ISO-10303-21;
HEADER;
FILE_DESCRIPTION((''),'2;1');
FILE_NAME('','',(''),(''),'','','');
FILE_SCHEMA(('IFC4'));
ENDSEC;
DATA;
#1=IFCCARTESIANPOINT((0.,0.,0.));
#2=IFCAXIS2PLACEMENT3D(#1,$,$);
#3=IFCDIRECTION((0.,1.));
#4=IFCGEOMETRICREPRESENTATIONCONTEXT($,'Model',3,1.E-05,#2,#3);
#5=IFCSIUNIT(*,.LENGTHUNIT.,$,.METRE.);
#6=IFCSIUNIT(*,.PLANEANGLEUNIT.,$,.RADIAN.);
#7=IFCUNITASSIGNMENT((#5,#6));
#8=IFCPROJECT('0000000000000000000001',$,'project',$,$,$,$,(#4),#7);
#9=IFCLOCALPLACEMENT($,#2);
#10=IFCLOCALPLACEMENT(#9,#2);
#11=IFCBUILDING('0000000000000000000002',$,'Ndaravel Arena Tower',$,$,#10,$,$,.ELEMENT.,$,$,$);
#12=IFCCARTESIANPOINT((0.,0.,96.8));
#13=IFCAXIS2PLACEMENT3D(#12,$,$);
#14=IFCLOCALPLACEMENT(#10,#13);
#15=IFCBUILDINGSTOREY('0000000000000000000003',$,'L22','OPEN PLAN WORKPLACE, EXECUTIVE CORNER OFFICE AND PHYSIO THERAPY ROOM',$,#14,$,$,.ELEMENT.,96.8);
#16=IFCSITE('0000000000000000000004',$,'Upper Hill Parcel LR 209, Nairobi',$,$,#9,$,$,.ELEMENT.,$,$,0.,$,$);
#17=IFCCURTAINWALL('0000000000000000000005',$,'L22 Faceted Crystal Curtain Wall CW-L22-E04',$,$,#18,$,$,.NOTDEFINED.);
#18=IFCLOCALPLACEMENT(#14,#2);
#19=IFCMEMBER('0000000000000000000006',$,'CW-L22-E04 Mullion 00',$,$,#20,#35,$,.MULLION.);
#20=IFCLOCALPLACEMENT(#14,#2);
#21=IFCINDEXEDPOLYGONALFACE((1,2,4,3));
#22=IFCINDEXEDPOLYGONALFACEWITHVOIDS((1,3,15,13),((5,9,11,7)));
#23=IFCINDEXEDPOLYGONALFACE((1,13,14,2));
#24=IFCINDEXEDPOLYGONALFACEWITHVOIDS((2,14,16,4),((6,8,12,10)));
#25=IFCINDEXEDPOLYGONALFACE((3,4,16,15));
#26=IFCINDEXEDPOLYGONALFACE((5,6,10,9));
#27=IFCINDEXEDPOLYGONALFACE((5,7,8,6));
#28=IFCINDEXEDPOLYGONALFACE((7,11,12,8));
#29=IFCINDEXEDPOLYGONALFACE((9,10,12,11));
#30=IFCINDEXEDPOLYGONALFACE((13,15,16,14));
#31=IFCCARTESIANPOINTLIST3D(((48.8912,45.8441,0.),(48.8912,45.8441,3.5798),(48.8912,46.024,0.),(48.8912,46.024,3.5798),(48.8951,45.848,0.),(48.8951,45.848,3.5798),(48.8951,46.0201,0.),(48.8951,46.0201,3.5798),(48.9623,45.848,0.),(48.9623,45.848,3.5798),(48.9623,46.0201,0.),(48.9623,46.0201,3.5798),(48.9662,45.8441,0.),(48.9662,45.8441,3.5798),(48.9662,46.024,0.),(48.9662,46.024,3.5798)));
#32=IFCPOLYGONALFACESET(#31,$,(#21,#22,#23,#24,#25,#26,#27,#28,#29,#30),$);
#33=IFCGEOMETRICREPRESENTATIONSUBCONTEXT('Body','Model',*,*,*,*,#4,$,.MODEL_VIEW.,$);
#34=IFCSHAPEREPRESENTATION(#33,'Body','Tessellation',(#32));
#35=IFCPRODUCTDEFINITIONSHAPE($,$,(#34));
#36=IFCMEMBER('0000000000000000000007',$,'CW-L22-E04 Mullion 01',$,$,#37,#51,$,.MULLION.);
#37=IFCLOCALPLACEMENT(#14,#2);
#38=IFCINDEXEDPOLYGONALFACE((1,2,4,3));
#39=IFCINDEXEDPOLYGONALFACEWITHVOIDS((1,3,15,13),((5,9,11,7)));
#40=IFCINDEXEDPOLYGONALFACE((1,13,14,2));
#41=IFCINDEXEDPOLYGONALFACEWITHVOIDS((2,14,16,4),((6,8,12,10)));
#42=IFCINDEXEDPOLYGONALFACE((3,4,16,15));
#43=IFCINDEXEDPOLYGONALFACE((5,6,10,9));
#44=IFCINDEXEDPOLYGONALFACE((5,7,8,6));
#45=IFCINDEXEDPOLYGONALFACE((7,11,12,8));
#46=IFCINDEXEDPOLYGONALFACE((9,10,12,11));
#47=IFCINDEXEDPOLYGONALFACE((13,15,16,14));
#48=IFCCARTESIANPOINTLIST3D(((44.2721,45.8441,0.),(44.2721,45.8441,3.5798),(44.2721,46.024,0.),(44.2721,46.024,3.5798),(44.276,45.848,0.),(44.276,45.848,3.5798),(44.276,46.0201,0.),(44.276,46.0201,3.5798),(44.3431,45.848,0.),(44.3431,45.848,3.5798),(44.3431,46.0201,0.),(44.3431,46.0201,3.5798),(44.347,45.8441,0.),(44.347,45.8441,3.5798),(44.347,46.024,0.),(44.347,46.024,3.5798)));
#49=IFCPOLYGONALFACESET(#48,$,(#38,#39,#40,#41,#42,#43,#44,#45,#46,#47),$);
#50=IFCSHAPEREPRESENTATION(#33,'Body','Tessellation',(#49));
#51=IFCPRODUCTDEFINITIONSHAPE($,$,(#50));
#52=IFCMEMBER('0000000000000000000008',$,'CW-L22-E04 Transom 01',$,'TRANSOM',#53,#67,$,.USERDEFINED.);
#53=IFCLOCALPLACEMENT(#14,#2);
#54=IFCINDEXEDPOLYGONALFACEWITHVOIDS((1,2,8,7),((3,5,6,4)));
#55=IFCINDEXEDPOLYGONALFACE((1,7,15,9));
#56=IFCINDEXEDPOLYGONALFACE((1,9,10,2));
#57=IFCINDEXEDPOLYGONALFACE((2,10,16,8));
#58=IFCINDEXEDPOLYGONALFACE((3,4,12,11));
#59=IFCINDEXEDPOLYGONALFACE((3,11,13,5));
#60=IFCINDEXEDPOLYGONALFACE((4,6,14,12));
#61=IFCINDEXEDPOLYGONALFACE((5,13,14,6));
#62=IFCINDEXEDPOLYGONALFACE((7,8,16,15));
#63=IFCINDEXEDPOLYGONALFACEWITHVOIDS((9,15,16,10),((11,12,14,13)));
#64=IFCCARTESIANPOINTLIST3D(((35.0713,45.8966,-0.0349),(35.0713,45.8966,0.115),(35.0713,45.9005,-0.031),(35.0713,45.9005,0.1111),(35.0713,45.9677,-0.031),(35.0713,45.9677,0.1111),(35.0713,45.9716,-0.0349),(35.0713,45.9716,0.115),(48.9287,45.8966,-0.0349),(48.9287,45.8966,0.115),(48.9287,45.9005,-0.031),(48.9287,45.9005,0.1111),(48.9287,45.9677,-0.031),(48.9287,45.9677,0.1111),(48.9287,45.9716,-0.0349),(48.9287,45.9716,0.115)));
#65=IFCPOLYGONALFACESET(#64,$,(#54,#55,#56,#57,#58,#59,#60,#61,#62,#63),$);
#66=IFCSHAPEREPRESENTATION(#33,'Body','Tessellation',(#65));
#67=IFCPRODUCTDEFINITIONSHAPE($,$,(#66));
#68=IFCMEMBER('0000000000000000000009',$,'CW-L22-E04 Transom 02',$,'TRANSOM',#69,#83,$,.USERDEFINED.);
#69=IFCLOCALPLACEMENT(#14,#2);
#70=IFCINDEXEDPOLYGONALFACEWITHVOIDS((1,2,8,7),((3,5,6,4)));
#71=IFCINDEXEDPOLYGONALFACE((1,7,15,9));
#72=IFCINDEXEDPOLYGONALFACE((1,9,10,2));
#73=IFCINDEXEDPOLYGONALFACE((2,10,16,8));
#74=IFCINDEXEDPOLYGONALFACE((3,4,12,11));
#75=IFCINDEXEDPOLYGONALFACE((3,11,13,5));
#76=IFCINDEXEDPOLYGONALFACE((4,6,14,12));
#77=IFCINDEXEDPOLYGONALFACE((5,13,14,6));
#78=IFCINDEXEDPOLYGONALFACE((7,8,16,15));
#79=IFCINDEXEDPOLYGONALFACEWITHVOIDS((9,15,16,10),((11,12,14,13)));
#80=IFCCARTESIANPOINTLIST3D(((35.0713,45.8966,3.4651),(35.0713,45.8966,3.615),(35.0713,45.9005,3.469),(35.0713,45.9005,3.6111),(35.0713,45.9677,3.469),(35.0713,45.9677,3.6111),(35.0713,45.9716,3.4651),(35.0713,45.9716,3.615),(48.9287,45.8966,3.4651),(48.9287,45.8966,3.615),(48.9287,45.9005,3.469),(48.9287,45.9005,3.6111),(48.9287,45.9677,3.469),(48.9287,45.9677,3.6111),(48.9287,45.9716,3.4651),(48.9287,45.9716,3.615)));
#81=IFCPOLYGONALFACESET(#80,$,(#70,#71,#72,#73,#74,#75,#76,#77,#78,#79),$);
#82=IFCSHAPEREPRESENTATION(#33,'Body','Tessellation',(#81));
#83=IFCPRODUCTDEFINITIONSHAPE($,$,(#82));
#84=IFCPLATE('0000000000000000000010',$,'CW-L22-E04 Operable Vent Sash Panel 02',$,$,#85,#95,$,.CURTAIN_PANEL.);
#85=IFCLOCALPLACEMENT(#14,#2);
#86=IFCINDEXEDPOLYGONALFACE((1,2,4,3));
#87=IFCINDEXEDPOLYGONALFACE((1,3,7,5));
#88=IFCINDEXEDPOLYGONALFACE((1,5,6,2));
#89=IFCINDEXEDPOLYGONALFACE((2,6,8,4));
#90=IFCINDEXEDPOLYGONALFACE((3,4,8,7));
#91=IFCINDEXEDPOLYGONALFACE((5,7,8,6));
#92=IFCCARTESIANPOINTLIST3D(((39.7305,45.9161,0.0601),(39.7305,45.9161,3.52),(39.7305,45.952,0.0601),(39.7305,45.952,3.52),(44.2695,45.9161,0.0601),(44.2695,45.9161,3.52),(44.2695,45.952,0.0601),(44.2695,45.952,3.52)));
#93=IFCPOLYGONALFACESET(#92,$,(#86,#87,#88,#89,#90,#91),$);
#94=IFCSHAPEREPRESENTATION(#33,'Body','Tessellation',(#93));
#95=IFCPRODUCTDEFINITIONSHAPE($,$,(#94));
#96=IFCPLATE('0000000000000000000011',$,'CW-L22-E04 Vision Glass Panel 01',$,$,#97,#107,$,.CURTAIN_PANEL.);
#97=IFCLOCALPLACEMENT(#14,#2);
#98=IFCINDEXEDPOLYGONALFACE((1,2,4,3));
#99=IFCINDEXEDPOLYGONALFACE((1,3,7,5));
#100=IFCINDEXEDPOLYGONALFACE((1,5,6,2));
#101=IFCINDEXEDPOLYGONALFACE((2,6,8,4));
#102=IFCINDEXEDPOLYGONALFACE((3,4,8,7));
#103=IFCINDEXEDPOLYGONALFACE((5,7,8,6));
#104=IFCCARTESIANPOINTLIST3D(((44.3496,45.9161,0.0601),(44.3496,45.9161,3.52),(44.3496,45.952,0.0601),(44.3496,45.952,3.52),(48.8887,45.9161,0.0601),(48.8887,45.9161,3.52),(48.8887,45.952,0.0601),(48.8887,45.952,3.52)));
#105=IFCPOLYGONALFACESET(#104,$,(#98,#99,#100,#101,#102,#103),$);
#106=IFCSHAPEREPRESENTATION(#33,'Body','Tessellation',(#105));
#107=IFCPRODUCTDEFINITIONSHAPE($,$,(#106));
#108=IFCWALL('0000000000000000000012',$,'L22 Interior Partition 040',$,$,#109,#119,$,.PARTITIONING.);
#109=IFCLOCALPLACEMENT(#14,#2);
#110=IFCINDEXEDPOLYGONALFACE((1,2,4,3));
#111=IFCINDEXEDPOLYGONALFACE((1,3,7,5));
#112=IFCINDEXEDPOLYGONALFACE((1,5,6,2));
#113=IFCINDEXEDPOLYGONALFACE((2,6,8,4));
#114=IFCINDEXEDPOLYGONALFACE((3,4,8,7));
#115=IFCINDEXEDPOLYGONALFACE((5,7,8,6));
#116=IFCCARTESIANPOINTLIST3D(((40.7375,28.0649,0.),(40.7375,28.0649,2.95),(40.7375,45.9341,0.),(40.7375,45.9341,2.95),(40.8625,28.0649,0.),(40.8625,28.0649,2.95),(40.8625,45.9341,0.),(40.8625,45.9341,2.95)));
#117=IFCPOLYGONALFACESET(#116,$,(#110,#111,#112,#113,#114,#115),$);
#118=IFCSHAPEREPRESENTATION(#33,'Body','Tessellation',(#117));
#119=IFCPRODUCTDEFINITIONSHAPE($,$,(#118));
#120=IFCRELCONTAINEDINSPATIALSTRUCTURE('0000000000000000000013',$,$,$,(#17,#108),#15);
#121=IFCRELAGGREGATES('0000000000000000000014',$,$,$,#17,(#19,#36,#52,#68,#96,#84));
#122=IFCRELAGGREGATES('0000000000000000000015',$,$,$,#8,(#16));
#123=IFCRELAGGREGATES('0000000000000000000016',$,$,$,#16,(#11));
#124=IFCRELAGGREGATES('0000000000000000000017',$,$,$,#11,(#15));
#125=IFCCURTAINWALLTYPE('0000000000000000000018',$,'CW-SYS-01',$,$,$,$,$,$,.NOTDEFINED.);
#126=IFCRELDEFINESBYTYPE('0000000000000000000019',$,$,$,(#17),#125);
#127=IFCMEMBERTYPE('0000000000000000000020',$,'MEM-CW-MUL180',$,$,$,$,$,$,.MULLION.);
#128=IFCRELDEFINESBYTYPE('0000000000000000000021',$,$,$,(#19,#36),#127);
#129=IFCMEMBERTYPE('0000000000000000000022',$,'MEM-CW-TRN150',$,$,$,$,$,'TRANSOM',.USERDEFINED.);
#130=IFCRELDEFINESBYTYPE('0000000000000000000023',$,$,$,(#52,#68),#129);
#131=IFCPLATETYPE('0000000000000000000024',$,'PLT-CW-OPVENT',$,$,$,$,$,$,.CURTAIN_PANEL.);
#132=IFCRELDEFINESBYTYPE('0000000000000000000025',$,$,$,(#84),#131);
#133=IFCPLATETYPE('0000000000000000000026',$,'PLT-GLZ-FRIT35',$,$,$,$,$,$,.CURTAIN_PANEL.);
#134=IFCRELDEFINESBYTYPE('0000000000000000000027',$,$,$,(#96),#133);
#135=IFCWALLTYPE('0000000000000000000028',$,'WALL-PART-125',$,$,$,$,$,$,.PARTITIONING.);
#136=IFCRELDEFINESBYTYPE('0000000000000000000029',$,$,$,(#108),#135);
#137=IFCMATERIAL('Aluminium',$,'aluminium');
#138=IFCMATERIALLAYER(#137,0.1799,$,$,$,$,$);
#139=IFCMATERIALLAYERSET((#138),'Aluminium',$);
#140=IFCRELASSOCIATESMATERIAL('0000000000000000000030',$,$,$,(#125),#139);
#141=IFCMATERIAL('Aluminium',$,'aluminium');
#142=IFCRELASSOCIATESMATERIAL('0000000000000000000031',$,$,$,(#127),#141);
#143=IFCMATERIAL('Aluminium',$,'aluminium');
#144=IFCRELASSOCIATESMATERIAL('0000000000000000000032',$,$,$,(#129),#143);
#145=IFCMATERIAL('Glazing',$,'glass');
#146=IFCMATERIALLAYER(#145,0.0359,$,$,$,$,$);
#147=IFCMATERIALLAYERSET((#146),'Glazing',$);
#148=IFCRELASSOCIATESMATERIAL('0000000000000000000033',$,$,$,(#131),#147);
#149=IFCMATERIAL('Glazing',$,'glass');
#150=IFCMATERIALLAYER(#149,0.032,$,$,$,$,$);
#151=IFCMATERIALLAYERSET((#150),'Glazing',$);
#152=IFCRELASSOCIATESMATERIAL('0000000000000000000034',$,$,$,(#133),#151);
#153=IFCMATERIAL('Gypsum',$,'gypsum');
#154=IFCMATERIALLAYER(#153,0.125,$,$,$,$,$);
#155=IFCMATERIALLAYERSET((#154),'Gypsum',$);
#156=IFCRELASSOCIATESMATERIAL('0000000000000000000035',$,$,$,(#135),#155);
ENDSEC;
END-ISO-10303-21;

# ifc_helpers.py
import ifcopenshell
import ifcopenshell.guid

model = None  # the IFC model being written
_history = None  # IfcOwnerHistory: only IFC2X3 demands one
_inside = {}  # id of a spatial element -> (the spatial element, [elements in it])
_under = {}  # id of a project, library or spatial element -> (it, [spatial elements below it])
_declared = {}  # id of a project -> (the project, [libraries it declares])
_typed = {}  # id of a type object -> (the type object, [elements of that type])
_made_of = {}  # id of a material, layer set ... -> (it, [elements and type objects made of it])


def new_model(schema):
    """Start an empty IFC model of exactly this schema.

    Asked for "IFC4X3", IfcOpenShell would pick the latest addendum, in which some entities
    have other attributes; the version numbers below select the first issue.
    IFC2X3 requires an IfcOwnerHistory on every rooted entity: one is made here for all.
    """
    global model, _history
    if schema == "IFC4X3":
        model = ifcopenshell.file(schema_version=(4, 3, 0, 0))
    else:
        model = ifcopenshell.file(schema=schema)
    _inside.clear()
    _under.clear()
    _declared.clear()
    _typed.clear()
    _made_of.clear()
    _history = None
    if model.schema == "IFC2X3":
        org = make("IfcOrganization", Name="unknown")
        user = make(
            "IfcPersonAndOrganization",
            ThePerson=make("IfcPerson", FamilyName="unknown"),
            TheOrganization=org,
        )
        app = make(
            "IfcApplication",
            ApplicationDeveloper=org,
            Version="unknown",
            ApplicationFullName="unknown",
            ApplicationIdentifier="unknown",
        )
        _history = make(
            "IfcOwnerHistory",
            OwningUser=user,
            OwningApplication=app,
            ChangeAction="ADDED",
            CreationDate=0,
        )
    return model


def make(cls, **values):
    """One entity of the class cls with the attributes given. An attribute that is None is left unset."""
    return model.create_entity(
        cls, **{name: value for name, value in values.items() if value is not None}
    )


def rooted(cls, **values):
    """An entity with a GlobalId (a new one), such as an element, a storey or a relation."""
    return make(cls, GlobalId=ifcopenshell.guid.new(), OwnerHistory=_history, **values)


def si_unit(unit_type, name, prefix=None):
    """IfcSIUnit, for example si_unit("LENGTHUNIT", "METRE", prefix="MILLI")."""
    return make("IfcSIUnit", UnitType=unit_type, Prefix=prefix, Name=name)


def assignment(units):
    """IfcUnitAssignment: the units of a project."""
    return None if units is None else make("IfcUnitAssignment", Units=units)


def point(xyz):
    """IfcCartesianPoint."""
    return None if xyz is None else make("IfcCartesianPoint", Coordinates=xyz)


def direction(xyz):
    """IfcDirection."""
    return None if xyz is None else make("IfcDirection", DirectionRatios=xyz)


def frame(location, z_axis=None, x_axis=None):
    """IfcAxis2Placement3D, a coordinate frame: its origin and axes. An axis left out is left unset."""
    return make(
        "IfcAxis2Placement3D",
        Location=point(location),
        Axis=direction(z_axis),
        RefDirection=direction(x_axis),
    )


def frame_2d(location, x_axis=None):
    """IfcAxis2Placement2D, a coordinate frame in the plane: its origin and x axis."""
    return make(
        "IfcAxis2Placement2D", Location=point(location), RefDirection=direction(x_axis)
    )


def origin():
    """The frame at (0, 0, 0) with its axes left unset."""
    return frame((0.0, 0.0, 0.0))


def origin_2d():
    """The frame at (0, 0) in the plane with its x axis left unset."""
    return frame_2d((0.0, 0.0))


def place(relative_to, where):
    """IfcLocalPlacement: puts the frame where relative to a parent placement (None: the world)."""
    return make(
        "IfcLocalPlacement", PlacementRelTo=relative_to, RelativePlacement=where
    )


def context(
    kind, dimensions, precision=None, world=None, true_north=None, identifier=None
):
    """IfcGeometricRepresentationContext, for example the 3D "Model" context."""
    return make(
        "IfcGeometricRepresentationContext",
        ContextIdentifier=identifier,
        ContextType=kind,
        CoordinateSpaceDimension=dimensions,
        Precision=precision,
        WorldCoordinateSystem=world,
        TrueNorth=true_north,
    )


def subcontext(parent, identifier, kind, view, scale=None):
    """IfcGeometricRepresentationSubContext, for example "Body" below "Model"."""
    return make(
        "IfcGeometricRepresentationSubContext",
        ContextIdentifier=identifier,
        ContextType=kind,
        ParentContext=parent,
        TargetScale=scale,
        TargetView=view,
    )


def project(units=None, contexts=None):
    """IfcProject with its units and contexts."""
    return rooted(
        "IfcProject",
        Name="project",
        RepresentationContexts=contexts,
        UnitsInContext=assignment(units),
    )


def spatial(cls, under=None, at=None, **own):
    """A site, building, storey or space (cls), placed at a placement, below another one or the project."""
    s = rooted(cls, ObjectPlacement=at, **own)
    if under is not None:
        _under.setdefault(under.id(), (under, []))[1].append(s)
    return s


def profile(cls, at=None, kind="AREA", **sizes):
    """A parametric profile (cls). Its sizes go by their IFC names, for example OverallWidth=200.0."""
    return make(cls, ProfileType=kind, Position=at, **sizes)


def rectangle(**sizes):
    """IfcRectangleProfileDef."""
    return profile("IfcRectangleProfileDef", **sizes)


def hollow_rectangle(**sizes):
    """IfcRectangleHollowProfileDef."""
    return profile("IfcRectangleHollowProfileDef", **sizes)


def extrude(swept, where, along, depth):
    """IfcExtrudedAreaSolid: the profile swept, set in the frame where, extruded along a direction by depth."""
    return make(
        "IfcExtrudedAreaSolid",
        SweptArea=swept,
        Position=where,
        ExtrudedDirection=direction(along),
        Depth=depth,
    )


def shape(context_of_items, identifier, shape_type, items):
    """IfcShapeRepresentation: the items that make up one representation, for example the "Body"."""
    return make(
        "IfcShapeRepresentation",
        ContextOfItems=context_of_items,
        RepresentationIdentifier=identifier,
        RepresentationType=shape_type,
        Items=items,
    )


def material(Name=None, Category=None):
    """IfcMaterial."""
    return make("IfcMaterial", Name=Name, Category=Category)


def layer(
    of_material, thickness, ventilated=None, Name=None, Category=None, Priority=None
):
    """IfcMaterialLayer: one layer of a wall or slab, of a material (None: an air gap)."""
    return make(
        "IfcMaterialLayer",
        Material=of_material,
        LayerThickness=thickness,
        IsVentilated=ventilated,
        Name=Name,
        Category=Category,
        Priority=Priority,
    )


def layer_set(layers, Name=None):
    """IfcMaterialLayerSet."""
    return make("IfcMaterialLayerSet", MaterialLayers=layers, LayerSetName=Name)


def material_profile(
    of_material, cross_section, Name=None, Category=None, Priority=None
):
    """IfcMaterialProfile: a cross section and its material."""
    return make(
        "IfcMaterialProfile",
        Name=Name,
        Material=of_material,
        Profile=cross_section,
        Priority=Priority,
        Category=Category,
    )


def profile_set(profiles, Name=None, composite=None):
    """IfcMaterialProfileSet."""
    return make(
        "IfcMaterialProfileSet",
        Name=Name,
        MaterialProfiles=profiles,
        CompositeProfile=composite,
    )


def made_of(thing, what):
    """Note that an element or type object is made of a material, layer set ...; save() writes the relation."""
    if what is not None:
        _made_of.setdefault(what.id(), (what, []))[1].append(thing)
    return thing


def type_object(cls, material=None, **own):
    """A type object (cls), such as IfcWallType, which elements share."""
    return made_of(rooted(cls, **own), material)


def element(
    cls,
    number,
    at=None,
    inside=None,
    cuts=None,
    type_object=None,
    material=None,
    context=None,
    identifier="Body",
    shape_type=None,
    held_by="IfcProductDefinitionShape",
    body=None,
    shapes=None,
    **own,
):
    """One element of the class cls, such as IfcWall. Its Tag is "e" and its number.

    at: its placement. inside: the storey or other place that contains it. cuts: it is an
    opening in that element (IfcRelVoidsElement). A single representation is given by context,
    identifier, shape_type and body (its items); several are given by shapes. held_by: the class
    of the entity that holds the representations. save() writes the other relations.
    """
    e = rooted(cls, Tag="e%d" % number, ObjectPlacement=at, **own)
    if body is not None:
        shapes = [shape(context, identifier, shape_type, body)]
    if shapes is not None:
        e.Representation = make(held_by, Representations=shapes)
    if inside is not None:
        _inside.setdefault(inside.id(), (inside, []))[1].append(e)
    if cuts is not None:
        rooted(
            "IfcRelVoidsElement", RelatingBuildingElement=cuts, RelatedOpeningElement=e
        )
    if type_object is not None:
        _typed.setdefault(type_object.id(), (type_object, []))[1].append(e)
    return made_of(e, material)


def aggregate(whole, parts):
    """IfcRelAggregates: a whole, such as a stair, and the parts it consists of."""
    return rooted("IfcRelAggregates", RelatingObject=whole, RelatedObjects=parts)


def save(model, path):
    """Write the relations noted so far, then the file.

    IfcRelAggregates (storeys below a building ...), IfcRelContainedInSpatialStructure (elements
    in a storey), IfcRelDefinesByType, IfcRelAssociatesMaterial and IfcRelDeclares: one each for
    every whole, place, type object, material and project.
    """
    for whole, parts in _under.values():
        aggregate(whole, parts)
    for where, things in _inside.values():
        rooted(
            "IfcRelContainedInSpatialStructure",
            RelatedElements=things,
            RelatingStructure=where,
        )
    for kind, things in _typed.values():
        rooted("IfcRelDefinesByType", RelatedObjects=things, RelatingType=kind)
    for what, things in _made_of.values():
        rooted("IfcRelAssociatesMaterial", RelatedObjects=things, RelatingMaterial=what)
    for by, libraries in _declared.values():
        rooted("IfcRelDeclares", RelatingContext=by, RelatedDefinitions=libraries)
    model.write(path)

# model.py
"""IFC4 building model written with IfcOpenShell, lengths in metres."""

from ifc_helpers import new_model, si_unit, direction, frame, frame_2d, origin, origin_2d, place, context, subcontext, project, spatial, rectangle, hollow_rectangle, extrude, material, layer, layer_set, material_profile, profile_set, type_object, element, aggregate, save


model = new_model("IFC4")

# Units and contexts
model_context = context("Model", 3, precision=1e-05, world=origin(), true_north=direction((0.0, 1.0)))
body_context = subcontext(model_context, "Body", "Model", "MODEL_VIEW")
ifc_project = project(units=[si_unit("LENGTHUNIT", "METRE"), si_unit("PLANEANGLEUNIT", "RADIAN")], contexts=[model_context])

# Site, building, storey
site_placement = place(None, origin())
site = spatial("IfcSite", under=ifc_project, at=site_placement, Name="Upper Hill Parcel LR 209, Nairobi", CompositionType="ELEMENT", RefElevation=0.0)
building_placement = place(site_placement, origin())
building = spatial("IfcBuilding", under=site, at=building_placement, Name="Ndaravel Arena Tower", CompositionType="ELEMENT")
storey_placement = place(building_placement, frame((0.0, 0.0, 96.8)))
storey = spatial("IfcBuildingStorey", under=building, at=storey_placement, Name="L22", Description="OPEN PLAN WORKPLACE, EXECUTIVE CORNER OFFICE AND PHYSIO THERAPY ROOM", CompositionType="ELEMENT", Elevation=96.8)

# Curtain wall, members, plates
ifc_material_1 = material(Name="Aluminium", Category="aluminium")
ifc_layer_1 = layer(ifc_material_1, 0.1799)
ifc_layer_set_1 = layer_set([ifc_layer_1], Name="Aluminium")
curtain_wall_type = type_object("IfcCurtainWallType", Name="CW-SYS-01", PredefinedType="NOTDEFINED", material=ifc_layer_set_1)
curtain_wall_placement = place(storey_placement, origin())
curtain_wall = element("IfcCurtainWall", 1, at=curtain_wall_placement, inside=storey, type_object=curtain_wall_type, Name="L22 Faceted Crystal Curtain Wall CW-L22-E04", PredefinedType="NOTDEFINED")
ifc_material_2 = material(Name="Aluminium", Category="aluminium")
ifc_material_profile_1 = material_profile(ifc_material_2, hollow_rectangle(XDim=0.075, YDim=0.1799, WallThickness=0.0039, at=origin_2d()), Name="CW MULLION 75x180x4")
ifc_profile_set_1 = profile_set([ifc_material_profile_1], Name="Aluminium")
member_type_1 = type_object("IfcMemberType", Name="MEM-CW-MUL180", PredefinedType="MULLION", material=ifc_profile_set_1)
member_1_placement = place(storey_placement, frame((48.9287, 45.9341, 0.0), z_axis=(0.0, 0.0, 1.0), x_axis=(-1.0, 0.0, 0.0)))
member_1 = element("IfcMember", 2, at=member_1_placement, type_object=member_type_1, Name="CW-L22-E04 Mullion 00", PredefinedType="MULLION", context=body_context, shape_type="SweptSolid", body=[
    extrude(hollow_rectangle(XDim=0.075, YDim=0.1799, WallThickness=0.0039, at=origin_2d()), origin(), (0.0, 0.0, 1.0), 3.5798),
])
member_2_placement = place(storey_placement, frame((44.3096, 45.9341, 0.0), z_axis=(0.0, 0.0, 1.0), x_axis=(-1.0, 0.0, 0.0)))
member_2 = element("IfcMember", 3, at=member_2_placement, type_object=member_type_1, Name="CW-L22-E04 Mullion 01", PredefinedType="MULLION", context=body_context, shape_type="SweptSolid", body=[
    extrude(hollow_rectangle(XDim=0.075, YDim=0.1799, WallThickness=0.0039, at=origin_2d()), origin(), (0.0, 0.0, 1.0), 3.5798),
])
ifc_material_3 = material(Name="Aluminium", Category="aluminium")
ifc_material_profile_2 = material_profile(ifc_material_3, hollow_rectangle(XDim=0.075, YDim=0.1499, WallThickness=0.0039, at=origin_2d()), Name="CW TRANSOM 75x150x4")
ifc_profile_set_2 = profile_set([ifc_material_profile_2], Name="Aluminium")
member_type_2 = type_object("IfcMemberType", Name="MEM-CW-TRN150", ElementType="TRANSOM", PredefinedType="USERDEFINED", material=ifc_profile_set_2)
member_3_placement = place(storey_placement, frame((48.9287, 45.9341, 0.04), z_axis=(-1.0, 0.0, 0.0), x_axis=(0.0, -1.0, 0.0)))
member_3 = element("IfcMember", 4, at=member_3_placement, type_object=member_type_2, Name="CW-L22-E04 Transom 01", ObjectType="TRANSOM", PredefinedType="USERDEFINED", context=body_context, shape_type="SweptSolid", body=[
    extrude(hollow_rectangle(XDim=0.075, YDim=0.1499, WallThickness=0.0039, at=origin_2d()), origin(), (0.0, 0.0, 1.0), 13.8574),
])
member_4_placement = place(storey_placement, frame((48.9287, 45.9341, 3.54), z_axis=(-1.0, 0.0, 0.0), x_axis=(0.0, -1.0, 0.0)))
member_4 = element("IfcMember", 5, at=member_4_placement, type_object=member_type_2, Name="CW-L22-E04 Transom 02", ObjectType="TRANSOM", PredefinedType="USERDEFINED", context=body_context, shape_type="SweptSolid", body=[
    extrude(hollow_rectangle(XDim=0.075, YDim=0.1499, WallThickness=0.0039, at=origin_2d()), origin(), (0.0, 0.0, 1.0), 13.8574),
])
ifc_material_4 = material(Name="Glazing", Category="glass")
ifc_layer_2 = layer(ifc_material_4, 0.0359)
ifc_layer_set_2 = layer_set([ifc_layer_2], Name="Glazing")
plate_type_1 = type_object("IfcPlateType", Name="PLT-CW-OPVENT", PredefinedType="CURTAIN_PANEL", material=ifc_layer_set_2)
plate_1_placement = place(storey_placement, frame((42.0, 45.9341, 0.0601), z_axis=(0.0, 0.0, 1.0), x_axis=(-1.0, 0.0, 0.0)))
plate_1 = element("IfcPlate", 6, at=plate_1_placement, type_object=plate_type_1, Name="CW-L22-E04 Operable Vent Sash Panel 02", PredefinedType="CURTAIN_PANEL", context=body_context, shape_type="SweptSolid", body=[
    extrude(rectangle(XDim=4.5391, YDim=0.0359, at=origin_2d()), origin(), (0.0, 0.0, 1.0), 3.46),
])
ifc_material_5 = material(Name="Glazing", Category="glass")
ifc_layer_3 = layer(ifc_material_5, 0.032)
ifc_layer_set_3 = layer_set([ifc_layer_3], Name="Glazing")
plate_type_2 = type_object("IfcPlateType", Name="PLT-GLZ-FRIT35", PredefinedType="CURTAIN_PANEL", material=ifc_layer_set_3)
plate_2_placement = place(storey_placement, frame((46.6191, 45.9341, 0.0601), z_axis=(0.0, 0.0, 1.0), x_axis=(-1.0, 0.0, 0.0)))
plate_2 = element("IfcPlate", 7, at=plate_2_placement, type_object=plate_type_2, Name="CW-L22-E04 Vision Glass Panel 01", PredefinedType="CURTAIN_PANEL", context=body_context, shape_type="SweptSolid", body=[
    extrude(rectangle(XDim=4.5391, YDim=0.0359, at=origin_2d()), origin(), (0.0, 0.0, 1.0), 3.46),
])
aggregate(curtain_wall, [member_1, member_2, member_3, member_4, plate_2, plate_1])

# Wall
ifc_material_6 = material(Name="Gypsum", Category="gypsum")
ifc_layer_4 = layer(ifc_material_6, 0.125)
ifc_layer_set_4 = layer_set([ifc_layer_4], Name="Gypsum")
wall_type = type_object("IfcWallType", Name="WALL-PART-125", PredefinedType="PARTITIONING", material=ifc_layer_set_4)
wall_placement = place(storey_placement, frame((40.8, 45.9341, 0.0), z_axis=(0.0, 0.0, 1.0), x_axis=(0.0, -1.0, 0.0)))
element("IfcWall", 8, at=wall_placement, inside=storey, type_object=wall_type, Name="L22 Interior Partition 040", PredefinedType="PARTITIONING", context=body_context, shape_type="SweptSolid", body=[
    extrude(rectangle(XDim=17.8691, YDim=0.125, at=frame_2d((8.9346, 0.0))), origin(), (0.0, 0.0, 1.0), 2.95),
])

save(model, "model.ifc")
